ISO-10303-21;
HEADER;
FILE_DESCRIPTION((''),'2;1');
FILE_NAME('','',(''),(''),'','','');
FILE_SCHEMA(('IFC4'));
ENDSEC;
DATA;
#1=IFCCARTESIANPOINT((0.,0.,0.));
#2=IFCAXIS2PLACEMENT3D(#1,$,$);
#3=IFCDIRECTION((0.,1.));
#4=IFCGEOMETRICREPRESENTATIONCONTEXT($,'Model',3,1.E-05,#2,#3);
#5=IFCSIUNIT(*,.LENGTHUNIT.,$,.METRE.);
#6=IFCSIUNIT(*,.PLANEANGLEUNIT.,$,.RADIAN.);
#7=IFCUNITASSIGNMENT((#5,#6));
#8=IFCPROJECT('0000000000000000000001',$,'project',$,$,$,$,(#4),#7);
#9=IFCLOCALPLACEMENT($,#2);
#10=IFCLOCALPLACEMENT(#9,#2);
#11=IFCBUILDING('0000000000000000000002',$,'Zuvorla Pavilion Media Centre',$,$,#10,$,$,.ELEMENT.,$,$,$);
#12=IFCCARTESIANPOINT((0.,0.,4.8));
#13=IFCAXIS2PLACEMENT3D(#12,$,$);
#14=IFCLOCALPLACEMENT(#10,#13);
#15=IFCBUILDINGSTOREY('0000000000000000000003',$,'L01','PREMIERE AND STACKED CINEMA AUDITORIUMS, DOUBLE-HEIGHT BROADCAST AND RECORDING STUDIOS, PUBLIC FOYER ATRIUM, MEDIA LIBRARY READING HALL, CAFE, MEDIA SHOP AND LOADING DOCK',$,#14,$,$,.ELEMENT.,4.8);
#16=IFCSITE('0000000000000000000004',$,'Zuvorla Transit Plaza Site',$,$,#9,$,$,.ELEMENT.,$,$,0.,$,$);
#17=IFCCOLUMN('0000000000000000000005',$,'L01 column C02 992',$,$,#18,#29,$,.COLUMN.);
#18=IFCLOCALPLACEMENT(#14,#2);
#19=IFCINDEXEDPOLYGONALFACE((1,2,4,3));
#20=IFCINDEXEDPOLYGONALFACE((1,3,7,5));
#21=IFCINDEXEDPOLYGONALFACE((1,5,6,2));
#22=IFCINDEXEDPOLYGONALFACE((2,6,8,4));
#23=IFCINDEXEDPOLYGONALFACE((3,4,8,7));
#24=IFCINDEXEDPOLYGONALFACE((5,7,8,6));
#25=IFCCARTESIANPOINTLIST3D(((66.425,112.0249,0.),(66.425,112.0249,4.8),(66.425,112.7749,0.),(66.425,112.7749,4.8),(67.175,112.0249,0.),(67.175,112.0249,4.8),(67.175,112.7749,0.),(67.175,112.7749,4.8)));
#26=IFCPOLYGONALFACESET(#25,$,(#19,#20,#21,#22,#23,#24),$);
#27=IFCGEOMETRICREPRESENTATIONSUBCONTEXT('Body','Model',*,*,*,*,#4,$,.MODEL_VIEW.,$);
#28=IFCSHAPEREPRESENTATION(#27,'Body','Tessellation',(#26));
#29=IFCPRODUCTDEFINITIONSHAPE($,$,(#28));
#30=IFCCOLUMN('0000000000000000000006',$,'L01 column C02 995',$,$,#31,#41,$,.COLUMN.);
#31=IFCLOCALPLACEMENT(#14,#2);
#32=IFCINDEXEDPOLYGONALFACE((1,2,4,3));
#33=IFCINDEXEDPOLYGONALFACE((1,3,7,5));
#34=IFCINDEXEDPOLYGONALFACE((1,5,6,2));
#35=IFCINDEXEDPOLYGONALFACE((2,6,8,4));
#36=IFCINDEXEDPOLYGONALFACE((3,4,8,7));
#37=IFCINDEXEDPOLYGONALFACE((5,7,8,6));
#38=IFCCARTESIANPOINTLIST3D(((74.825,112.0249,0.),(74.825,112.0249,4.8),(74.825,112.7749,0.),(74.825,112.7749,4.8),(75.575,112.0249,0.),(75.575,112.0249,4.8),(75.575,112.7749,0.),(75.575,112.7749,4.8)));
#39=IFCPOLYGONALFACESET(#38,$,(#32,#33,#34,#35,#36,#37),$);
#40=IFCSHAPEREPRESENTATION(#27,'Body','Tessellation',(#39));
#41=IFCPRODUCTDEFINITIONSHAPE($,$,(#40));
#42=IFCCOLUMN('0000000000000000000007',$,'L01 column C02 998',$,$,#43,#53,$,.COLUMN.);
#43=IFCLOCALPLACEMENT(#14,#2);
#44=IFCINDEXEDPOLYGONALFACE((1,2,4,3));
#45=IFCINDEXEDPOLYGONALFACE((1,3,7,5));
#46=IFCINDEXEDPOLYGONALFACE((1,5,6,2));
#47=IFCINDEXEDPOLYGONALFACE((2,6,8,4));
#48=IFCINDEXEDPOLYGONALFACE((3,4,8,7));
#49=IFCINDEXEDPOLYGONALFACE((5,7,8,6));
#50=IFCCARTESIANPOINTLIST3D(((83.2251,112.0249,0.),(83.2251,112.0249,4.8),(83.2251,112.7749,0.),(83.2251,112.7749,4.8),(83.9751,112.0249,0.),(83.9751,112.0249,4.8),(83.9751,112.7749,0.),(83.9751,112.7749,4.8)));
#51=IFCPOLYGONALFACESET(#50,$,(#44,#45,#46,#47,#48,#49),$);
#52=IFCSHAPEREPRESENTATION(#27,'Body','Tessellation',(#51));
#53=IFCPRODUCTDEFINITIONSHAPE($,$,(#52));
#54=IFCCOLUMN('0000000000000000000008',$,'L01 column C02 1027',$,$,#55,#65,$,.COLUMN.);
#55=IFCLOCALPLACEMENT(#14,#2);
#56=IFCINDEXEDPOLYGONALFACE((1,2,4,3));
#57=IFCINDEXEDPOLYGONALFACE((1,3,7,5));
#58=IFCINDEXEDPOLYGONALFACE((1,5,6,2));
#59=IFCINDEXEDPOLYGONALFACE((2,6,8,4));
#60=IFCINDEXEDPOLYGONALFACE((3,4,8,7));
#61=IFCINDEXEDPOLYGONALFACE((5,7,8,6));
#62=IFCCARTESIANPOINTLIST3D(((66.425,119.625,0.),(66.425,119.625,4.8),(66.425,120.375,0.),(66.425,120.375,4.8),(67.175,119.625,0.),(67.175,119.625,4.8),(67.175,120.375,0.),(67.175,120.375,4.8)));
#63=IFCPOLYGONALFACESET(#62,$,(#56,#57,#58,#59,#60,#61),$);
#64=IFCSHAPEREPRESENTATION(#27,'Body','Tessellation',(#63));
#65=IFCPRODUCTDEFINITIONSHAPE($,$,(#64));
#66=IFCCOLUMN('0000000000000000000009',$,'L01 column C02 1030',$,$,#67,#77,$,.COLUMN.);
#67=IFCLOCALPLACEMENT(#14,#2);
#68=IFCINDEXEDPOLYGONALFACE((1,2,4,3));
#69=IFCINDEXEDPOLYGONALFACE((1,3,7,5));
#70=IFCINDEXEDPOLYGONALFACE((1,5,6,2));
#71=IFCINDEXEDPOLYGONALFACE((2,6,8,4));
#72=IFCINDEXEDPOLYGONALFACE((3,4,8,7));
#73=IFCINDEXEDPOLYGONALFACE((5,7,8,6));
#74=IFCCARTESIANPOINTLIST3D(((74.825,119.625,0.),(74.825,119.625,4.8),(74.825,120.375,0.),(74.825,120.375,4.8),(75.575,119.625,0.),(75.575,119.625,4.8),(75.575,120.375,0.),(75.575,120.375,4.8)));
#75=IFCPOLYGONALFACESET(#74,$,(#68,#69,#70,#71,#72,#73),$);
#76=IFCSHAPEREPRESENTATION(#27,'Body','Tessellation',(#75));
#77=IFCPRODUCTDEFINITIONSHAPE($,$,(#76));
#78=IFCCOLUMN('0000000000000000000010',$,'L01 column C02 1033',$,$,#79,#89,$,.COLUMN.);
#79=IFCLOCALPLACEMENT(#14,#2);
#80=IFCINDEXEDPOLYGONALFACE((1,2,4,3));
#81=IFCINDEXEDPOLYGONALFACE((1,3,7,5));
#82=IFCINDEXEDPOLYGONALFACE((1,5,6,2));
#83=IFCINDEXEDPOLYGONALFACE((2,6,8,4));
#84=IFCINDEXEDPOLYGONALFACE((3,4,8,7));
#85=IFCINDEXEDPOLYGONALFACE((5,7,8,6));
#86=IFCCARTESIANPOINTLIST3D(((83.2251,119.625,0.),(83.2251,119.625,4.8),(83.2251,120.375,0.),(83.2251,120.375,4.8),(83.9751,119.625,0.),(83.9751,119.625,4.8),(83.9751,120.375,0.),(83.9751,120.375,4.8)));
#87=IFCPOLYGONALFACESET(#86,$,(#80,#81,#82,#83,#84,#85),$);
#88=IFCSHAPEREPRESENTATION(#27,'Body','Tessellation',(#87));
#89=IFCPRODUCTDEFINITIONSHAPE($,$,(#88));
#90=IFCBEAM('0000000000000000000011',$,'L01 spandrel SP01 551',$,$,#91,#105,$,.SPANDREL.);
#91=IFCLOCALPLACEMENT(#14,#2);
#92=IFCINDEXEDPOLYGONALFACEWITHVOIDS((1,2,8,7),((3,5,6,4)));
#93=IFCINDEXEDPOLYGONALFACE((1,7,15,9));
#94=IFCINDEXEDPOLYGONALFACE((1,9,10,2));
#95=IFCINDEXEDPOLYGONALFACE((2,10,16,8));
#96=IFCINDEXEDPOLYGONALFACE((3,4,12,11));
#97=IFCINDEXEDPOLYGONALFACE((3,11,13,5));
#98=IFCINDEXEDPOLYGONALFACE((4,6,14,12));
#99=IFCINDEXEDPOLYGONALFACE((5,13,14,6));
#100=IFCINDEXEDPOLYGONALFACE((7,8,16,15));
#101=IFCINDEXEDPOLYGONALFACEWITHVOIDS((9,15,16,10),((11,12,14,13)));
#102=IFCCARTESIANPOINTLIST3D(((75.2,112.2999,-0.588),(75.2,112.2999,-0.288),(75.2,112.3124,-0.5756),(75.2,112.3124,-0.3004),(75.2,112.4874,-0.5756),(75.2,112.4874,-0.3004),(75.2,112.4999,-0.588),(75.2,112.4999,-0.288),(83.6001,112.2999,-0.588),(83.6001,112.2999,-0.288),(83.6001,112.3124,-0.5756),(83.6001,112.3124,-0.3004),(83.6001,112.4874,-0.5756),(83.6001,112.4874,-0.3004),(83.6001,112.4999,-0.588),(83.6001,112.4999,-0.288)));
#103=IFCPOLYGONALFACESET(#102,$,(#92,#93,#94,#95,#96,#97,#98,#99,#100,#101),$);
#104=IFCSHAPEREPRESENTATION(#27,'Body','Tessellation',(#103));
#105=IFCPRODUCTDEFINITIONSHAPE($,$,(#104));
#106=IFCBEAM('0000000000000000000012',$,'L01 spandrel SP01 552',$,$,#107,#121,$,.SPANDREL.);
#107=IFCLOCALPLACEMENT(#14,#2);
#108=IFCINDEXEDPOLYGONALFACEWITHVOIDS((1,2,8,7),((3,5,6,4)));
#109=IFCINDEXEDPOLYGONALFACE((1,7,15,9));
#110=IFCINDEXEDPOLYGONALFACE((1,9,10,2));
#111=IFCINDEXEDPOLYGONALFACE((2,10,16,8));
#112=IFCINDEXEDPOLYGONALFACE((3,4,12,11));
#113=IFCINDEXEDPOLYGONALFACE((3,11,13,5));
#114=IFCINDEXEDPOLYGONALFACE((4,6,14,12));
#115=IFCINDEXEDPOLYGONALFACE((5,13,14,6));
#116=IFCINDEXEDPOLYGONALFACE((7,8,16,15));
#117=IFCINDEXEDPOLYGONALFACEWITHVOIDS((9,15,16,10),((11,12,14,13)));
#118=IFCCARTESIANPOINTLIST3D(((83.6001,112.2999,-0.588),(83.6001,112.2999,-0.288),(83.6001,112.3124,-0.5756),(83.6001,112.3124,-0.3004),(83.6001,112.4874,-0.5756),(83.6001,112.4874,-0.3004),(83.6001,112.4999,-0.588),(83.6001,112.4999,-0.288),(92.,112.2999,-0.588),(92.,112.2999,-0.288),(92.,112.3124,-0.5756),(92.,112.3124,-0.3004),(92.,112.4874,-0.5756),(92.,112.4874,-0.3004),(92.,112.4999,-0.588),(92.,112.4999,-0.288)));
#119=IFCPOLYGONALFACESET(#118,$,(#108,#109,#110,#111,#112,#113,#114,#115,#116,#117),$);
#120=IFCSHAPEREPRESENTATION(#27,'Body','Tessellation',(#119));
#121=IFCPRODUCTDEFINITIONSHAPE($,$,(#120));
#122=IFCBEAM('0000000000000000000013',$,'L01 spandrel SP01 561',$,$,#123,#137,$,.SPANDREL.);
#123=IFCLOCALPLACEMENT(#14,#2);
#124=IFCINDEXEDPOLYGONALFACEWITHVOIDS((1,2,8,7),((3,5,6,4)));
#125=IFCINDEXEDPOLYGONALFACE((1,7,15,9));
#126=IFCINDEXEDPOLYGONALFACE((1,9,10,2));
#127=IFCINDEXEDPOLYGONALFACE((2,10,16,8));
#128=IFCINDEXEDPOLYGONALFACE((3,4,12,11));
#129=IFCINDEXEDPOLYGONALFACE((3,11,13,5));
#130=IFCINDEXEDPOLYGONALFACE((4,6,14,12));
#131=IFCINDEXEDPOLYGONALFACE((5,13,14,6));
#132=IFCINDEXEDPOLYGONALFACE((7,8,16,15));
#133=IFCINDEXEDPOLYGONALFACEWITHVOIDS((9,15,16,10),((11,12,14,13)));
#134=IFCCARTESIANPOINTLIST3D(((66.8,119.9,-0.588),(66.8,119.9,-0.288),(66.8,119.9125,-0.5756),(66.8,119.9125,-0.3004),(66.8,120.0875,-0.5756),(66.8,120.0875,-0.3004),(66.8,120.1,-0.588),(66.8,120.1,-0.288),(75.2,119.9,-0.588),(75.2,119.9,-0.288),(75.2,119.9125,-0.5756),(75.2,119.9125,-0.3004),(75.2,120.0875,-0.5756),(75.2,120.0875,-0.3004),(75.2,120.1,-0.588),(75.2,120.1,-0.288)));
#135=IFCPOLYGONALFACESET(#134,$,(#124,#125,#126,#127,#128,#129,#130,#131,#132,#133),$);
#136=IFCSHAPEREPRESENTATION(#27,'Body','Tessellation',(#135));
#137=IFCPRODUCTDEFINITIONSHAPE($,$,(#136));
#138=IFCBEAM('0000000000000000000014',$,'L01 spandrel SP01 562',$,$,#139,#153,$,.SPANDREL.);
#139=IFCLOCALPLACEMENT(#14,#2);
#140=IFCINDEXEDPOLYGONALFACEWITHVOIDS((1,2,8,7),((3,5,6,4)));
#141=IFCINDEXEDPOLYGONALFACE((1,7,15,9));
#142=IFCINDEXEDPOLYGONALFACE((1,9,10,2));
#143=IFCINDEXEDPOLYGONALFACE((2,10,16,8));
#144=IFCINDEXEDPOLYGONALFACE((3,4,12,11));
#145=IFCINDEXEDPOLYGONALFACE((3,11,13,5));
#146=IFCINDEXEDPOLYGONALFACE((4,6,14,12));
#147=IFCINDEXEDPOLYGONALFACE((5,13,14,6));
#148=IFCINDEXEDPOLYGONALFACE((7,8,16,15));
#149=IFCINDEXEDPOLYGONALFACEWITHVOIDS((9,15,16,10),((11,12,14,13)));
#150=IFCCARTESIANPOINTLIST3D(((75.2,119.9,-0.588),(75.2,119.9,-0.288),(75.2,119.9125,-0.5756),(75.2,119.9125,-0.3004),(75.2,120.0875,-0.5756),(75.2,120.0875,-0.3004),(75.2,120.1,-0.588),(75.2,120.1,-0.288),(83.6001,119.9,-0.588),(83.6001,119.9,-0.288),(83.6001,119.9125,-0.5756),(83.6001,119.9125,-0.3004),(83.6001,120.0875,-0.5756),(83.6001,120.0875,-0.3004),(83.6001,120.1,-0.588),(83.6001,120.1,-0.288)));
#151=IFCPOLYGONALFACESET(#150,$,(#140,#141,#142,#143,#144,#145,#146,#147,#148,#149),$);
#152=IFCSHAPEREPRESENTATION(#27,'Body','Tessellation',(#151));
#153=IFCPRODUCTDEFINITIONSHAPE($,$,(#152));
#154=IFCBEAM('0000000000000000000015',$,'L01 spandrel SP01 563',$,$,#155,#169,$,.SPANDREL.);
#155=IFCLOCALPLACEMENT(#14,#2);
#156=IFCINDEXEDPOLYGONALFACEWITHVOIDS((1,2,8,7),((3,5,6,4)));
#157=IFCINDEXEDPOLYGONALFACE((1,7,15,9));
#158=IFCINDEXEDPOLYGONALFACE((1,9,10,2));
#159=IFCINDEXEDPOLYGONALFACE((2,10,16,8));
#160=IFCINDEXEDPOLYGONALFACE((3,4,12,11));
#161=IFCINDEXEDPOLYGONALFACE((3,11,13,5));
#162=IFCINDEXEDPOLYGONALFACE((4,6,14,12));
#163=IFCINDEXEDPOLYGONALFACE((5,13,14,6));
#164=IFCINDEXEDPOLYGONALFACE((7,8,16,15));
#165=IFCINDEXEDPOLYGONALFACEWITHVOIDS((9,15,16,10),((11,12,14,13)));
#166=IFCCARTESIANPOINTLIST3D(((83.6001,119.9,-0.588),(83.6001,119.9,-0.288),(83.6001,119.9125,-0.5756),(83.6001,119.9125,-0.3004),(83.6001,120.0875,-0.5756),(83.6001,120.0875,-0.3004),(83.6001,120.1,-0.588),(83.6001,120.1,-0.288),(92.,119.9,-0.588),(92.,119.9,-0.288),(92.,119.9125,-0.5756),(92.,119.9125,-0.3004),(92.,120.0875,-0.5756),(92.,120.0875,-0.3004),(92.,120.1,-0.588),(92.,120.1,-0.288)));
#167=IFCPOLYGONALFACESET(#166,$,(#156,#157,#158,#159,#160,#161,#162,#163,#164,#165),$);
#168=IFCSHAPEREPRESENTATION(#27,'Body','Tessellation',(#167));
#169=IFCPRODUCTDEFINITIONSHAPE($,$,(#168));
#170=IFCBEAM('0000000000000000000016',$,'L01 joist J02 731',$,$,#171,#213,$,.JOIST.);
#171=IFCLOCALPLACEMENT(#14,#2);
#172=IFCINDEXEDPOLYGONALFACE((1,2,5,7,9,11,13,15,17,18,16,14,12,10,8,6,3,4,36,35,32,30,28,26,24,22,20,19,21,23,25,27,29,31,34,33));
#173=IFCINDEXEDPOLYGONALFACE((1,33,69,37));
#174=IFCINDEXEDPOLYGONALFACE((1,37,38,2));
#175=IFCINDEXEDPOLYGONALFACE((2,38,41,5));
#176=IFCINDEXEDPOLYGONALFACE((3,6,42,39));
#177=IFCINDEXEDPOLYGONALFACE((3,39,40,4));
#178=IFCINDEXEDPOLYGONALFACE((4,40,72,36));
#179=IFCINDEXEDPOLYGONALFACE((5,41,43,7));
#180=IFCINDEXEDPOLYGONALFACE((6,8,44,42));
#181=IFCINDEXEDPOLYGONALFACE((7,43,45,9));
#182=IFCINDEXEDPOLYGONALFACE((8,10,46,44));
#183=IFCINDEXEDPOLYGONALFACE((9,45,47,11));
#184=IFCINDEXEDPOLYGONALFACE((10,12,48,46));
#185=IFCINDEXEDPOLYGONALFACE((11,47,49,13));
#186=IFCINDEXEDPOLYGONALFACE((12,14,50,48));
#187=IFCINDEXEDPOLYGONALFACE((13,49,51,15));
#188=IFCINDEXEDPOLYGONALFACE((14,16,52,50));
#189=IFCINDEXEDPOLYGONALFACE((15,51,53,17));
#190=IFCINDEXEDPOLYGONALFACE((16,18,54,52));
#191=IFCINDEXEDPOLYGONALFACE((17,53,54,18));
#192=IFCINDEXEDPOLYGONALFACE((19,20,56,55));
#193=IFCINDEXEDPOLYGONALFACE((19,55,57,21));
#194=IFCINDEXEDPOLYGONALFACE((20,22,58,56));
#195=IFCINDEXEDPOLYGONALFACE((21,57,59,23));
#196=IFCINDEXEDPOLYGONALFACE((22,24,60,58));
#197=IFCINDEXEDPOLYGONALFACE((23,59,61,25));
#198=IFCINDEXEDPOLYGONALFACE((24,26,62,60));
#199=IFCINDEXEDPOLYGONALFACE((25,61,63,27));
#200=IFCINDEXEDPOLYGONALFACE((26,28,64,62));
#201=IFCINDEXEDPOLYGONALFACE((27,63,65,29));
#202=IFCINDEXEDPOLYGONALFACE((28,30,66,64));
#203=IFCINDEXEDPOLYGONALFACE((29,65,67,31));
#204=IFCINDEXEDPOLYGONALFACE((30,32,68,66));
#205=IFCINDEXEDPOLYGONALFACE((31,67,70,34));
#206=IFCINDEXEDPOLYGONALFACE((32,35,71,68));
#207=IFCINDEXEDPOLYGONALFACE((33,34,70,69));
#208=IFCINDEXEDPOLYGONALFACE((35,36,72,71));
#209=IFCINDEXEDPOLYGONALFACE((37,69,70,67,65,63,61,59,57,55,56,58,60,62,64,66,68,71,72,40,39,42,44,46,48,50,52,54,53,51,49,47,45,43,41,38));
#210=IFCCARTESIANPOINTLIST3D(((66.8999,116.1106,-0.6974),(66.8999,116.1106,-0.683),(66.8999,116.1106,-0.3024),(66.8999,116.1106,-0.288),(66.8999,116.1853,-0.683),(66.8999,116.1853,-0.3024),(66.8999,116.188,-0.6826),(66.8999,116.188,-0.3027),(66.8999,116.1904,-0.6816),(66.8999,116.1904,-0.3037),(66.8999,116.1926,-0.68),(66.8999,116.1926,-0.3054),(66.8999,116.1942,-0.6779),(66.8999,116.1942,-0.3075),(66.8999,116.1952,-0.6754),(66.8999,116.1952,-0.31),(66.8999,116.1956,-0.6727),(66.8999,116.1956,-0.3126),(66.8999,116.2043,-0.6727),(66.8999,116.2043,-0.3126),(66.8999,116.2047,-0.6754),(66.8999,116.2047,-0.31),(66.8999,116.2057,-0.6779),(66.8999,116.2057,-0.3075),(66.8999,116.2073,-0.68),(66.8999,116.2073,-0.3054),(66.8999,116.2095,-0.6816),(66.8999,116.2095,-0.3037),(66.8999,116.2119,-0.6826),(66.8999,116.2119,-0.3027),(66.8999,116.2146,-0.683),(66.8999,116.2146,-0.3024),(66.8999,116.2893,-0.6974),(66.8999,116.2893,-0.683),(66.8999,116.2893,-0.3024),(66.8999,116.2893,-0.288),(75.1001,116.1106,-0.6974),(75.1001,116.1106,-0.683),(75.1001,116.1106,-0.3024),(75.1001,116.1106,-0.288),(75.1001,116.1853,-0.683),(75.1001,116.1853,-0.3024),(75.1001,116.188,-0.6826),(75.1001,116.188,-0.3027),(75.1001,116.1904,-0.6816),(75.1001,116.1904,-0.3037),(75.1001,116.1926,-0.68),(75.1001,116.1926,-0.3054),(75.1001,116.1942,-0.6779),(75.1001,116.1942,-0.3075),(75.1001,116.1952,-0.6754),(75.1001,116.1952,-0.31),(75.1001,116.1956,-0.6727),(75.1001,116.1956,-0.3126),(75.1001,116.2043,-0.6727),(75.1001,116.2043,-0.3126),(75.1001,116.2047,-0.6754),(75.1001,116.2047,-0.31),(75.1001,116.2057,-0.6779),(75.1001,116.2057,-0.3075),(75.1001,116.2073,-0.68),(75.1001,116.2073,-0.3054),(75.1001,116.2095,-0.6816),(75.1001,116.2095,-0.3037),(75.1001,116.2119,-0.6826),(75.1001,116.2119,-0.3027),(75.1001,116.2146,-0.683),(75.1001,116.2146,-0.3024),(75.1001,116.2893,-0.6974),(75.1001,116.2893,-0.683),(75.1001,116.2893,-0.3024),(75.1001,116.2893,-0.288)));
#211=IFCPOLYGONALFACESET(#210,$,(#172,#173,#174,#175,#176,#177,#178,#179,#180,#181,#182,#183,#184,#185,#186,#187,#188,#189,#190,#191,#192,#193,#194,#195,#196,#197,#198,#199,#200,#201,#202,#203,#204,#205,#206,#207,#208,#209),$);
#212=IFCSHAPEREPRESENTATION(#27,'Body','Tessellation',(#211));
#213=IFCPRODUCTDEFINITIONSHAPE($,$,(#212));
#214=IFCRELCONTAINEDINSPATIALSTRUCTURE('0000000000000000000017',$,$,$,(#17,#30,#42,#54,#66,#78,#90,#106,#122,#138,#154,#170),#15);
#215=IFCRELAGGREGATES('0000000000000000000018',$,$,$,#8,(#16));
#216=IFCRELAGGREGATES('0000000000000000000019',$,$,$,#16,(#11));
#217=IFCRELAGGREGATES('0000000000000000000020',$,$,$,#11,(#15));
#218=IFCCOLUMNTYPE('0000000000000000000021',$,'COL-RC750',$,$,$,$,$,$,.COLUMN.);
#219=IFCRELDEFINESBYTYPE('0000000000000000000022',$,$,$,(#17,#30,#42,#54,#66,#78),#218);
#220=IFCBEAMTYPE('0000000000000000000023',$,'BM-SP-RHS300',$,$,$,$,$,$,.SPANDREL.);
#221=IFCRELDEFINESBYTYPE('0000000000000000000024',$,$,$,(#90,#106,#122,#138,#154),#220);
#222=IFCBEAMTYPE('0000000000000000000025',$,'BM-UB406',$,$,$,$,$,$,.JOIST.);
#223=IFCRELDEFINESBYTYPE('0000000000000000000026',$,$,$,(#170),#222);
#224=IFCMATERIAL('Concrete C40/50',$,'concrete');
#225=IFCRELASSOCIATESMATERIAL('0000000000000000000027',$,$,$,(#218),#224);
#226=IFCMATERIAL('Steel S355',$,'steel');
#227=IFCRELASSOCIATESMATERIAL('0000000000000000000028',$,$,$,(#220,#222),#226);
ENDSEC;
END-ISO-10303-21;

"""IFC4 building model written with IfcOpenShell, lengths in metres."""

from ifc_helpers import new_model, si_unit, direction, frame, origin, origin_2d, place, context, subcontext, project, spatial, rectangle, hollow_rectangle, i_section, extrude, material, material_profile, profile_set, type_object, element, save


model = new_model("IFC4")

# Units and contexts
model_context = context("Model", 3, precision=1e-05, world=origin(), true_north=direction((0.0, 1.0)))
body_context = subcontext(model_context, "Body", "Model", "MODEL_VIEW")
ifc_project = project(units=[si_unit("LENGTHUNIT", "METRE"), si_unit("PLANEANGLEUNIT", "RADIAN")], contexts=[model_context])

# Site, building, storey
site_placement = place(None, origin())
site = spatial("IfcSite", under=ifc_project, at=site_placement, Name="Zuvorla Transit Plaza Site", CompositionType="ELEMENT", RefElevation=0.0)
building_placement = place(site_placement, origin())
building = spatial("IfcBuilding", under=site, at=building_placement, Name="Zuvorla Pavilion Media Centre", CompositionType="ELEMENT")
storey_placement = place(building_placement, frame((0.0, 0.0, 4.8)))
storey = spatial("IfcBuildingStorey", under=building, at=storey_placement, Name="L01", Description="PREMIERE AND STACKED CINEMA AUDITORIUMS, DOUBLE-HEIGHT BROADCAST AND RECORDING STUDIOS, PUBLIC FOYER ATRIUM, MEDIA LIBRARY READING HALL, CAFE, MEDIA SHOP AND LOADING DOCK", CompositionType="ELEMENT", Elevation=4.8)

# Columns
ifc_material_1 = material(Name="Concrete C40/50", Category="concrete")
ifc_material_profile_1 = material_profile(ifc_material_1, rectangle(XDim=0.75, YDim=0.75, at=origin_2d()), Name="RC 750x750")
ifc_profile_set_1 = profile_set([ifc_material_profile_1], Name="Concrete C40/50")
column_type = type_object("IfcColumnType", Name="COL-RC750", PredefinedType="COLUMN", material=ifc_profile_set_1)
for number, where, z_axis, x_axis, name in (
    (1, (66.8, 112.3999, 0.0), (0.0, 0.0, 1.0), (1.0, 0.0, 0.0), "L01 column C02 992"),
    (2, (75.2, 112.3999, 0.0), (0.0, 0.0, 1.0), (1.0, 0.0, 0.0), "L01 column C02 995"),
    (3, (83.6001, 112.3999, 0.0), (0.0, 0.0, 1.0), (1.0, 0.0, 0.0), "L01 column C02 998"),
    (4, (66.8, 120.0, 0.0), (0.0, 0.0, 1.0), (1.0, 0.0, 0.0), "L01 column C02 1027"),
    (5, (75.2, 120.0, 0.0), (0.0, 0.0, 1.0), (1.0, 0.0, 0.0), "L01 column C02 1030"),
    (6, (83.6001, 120.0, 0.0), (0.0, 0.0, 1.0), (1.0, 0.0, 0.0), "L01 column C02 1033"),
):
    element("IfcColumn", number, at=place(storey_placement, frame(where, z_axis=z_axis, x_axis=x_axis)), inside=storey, type_object=column_type, Name=name, PredefinedType="COLUMN", context=body_context, shape_type="SweptSolid", body=[
        extrude(rectangle(XDim=0.75, YDim=0.75, at=origin_2d()), origin(), (0.0, 0.0, 1.0), 4.8),
    ])

# Beams
ifc_material_2 = material(Name="Steel S355", Category="steel")
ifc_material_profile_2 = material_profile(ifc_material_2, hollow_rectangle(XDim=0.2, YDim=0.3, WallThickness=0.0125, at=origin_2d()), Name="RHS 300x200x12.5")
ifc_profile_set_2 = profile_set([ifc_material_profile_2], Name="Steel S355")
beam_type_1 = type_object("IfcBeamType", Name="BM-SP-RHS300", PredefinedType="SPANDREL", material=ifc_profile_set_2)
beam_1_placement = place(storey_placement, frame((75.2, 112.3999, -0.438), z_axis=(1.0, 0.0, 0.0), x_axis=(0.0, 1.0, 0.0)))
element("IfcBeam", 7, at=beam_1_placement, inside=storey, type_object=beam_type_1, Name="L01 spandrel SP01 551", PredefinedType="SPANDREL", context=body_context, shape_type="SweptSolid", body=[
    extrude(hollow_rectangle(XDim=0.2, YDim=0.3, WallThickness=0.0125, at=origin_2d()), origin(), (0.0, 0.0, 1.0), 8.4001),
])
for number, where, z_axis, x_axis, name in (
    (8, (83.6001, 112.3999, -0.438), (1.0, 0.0, 0.0), (0.0, 1.0, 0.0), "L01 spandrel SP01 552"),
    (9, (66.8, 120.0, -0.438), (1.0, 0.0, 0.0), (0.0, 1.0, 0.0), "L01 spandrel SP01 561"),
):
    element("IfcBeam", number, at=place(storey_placement, frame(where, z_axis=z_axis, x_axis=x_axis)), inside=storey, type_object=beam_type_1, Name=name, PredefinedType="SPANDREL", context=body_context, shape_type="SweptSolid", body=[
        extrude(hollow_rectangle(XDim=0.2, YDim=0.3, WallThickness=0.0125, at=origin_2d()), origin(), (0.0, 0.0, 1.0), 8.3999),
    ])
beam_2_placement = place(storey_placement, frame((75.2, 120.0, -0.438), z_axis=(1.0, 0.0, 0.0), x_axis=(0.0, 1.0, 0.0)))
element("IfcBeam", 10, at=beam_2_placement, inside=storey, type_object=beam_type_1, Name="L01 spandrel SP01 562", PredefinedType="SPANDREL", context=body_context, shape_type="SweptSolid", body=[
    extrude(hollow_rectangle(XDim=0.2, YDim=0.3, WallThickness=0.0125, at=origin_2d()), origin(), (0.0, 0.0, 1.0), 8.4001),
])
beam_3_placement = place(storey_placement, frame((83.6001, 120.0, -0.438), z_axis=(1.0, 0.0, 0.0), x_axis=(0.0, 1.0, 0.0)))
element("IfcBeam", 11, at=beam_3_placement, inside=storey, type_object=beam_type_1, Name="L01 spandrel SP01 563", PredefinedType="SPANDREL", context=body_context, shape_type="SweptSolid", body=[
    extrude(hollow_rectangle(XDim=0.2, YDim=0.3, WallThickness=0.0125, at=origin_2d()), origin(), (0.0, 0.0, 1.0), 8.3999),
])
ifc_material_profile_3 = material_profile(ifc_material_2, i_section(OverallWidth=0.1787, OverallDepth=0.4094, WebThickness=0.0088, FlangeThickness=0.0144, FilletRadius=0.0103, at=origin_2d()), Name="UB 406x178x67")
ifc_profile_set_3 = profile_set([ifc_material_profile_3], Name="Steel S355")
beam_type_2 = type_object("IfcBeamType", Name="BM-UB406", PredefinedType="JOIST", material=ifc_profile_set_3)
beam_4_placement = place(storey_placement, frame((66.8999, 116.2, -0.4927), z_axis=(1.0, 0.0, 0.0), x_axis=(0.0, 1.0, 0.0)))
element("IfcBeam", 12, at=beam_4_placement, inside=storey, type_object=beam_type_2, Name="L01 joist J02 731", PredefinedType="JOIST", context=body_context, shape_type="SweptSolid", body=[
    extrude(i_section(OverallWidth=0.1787, OverallDepth=0.4094, WebThickness=0.0088, FlangeThickness=0.0144, FilletRadius=0.0103, at=origin_2d()), origin(), (0.0, 0.0, 1.0), 8.2002),
])

save(model, "model.ifc")
